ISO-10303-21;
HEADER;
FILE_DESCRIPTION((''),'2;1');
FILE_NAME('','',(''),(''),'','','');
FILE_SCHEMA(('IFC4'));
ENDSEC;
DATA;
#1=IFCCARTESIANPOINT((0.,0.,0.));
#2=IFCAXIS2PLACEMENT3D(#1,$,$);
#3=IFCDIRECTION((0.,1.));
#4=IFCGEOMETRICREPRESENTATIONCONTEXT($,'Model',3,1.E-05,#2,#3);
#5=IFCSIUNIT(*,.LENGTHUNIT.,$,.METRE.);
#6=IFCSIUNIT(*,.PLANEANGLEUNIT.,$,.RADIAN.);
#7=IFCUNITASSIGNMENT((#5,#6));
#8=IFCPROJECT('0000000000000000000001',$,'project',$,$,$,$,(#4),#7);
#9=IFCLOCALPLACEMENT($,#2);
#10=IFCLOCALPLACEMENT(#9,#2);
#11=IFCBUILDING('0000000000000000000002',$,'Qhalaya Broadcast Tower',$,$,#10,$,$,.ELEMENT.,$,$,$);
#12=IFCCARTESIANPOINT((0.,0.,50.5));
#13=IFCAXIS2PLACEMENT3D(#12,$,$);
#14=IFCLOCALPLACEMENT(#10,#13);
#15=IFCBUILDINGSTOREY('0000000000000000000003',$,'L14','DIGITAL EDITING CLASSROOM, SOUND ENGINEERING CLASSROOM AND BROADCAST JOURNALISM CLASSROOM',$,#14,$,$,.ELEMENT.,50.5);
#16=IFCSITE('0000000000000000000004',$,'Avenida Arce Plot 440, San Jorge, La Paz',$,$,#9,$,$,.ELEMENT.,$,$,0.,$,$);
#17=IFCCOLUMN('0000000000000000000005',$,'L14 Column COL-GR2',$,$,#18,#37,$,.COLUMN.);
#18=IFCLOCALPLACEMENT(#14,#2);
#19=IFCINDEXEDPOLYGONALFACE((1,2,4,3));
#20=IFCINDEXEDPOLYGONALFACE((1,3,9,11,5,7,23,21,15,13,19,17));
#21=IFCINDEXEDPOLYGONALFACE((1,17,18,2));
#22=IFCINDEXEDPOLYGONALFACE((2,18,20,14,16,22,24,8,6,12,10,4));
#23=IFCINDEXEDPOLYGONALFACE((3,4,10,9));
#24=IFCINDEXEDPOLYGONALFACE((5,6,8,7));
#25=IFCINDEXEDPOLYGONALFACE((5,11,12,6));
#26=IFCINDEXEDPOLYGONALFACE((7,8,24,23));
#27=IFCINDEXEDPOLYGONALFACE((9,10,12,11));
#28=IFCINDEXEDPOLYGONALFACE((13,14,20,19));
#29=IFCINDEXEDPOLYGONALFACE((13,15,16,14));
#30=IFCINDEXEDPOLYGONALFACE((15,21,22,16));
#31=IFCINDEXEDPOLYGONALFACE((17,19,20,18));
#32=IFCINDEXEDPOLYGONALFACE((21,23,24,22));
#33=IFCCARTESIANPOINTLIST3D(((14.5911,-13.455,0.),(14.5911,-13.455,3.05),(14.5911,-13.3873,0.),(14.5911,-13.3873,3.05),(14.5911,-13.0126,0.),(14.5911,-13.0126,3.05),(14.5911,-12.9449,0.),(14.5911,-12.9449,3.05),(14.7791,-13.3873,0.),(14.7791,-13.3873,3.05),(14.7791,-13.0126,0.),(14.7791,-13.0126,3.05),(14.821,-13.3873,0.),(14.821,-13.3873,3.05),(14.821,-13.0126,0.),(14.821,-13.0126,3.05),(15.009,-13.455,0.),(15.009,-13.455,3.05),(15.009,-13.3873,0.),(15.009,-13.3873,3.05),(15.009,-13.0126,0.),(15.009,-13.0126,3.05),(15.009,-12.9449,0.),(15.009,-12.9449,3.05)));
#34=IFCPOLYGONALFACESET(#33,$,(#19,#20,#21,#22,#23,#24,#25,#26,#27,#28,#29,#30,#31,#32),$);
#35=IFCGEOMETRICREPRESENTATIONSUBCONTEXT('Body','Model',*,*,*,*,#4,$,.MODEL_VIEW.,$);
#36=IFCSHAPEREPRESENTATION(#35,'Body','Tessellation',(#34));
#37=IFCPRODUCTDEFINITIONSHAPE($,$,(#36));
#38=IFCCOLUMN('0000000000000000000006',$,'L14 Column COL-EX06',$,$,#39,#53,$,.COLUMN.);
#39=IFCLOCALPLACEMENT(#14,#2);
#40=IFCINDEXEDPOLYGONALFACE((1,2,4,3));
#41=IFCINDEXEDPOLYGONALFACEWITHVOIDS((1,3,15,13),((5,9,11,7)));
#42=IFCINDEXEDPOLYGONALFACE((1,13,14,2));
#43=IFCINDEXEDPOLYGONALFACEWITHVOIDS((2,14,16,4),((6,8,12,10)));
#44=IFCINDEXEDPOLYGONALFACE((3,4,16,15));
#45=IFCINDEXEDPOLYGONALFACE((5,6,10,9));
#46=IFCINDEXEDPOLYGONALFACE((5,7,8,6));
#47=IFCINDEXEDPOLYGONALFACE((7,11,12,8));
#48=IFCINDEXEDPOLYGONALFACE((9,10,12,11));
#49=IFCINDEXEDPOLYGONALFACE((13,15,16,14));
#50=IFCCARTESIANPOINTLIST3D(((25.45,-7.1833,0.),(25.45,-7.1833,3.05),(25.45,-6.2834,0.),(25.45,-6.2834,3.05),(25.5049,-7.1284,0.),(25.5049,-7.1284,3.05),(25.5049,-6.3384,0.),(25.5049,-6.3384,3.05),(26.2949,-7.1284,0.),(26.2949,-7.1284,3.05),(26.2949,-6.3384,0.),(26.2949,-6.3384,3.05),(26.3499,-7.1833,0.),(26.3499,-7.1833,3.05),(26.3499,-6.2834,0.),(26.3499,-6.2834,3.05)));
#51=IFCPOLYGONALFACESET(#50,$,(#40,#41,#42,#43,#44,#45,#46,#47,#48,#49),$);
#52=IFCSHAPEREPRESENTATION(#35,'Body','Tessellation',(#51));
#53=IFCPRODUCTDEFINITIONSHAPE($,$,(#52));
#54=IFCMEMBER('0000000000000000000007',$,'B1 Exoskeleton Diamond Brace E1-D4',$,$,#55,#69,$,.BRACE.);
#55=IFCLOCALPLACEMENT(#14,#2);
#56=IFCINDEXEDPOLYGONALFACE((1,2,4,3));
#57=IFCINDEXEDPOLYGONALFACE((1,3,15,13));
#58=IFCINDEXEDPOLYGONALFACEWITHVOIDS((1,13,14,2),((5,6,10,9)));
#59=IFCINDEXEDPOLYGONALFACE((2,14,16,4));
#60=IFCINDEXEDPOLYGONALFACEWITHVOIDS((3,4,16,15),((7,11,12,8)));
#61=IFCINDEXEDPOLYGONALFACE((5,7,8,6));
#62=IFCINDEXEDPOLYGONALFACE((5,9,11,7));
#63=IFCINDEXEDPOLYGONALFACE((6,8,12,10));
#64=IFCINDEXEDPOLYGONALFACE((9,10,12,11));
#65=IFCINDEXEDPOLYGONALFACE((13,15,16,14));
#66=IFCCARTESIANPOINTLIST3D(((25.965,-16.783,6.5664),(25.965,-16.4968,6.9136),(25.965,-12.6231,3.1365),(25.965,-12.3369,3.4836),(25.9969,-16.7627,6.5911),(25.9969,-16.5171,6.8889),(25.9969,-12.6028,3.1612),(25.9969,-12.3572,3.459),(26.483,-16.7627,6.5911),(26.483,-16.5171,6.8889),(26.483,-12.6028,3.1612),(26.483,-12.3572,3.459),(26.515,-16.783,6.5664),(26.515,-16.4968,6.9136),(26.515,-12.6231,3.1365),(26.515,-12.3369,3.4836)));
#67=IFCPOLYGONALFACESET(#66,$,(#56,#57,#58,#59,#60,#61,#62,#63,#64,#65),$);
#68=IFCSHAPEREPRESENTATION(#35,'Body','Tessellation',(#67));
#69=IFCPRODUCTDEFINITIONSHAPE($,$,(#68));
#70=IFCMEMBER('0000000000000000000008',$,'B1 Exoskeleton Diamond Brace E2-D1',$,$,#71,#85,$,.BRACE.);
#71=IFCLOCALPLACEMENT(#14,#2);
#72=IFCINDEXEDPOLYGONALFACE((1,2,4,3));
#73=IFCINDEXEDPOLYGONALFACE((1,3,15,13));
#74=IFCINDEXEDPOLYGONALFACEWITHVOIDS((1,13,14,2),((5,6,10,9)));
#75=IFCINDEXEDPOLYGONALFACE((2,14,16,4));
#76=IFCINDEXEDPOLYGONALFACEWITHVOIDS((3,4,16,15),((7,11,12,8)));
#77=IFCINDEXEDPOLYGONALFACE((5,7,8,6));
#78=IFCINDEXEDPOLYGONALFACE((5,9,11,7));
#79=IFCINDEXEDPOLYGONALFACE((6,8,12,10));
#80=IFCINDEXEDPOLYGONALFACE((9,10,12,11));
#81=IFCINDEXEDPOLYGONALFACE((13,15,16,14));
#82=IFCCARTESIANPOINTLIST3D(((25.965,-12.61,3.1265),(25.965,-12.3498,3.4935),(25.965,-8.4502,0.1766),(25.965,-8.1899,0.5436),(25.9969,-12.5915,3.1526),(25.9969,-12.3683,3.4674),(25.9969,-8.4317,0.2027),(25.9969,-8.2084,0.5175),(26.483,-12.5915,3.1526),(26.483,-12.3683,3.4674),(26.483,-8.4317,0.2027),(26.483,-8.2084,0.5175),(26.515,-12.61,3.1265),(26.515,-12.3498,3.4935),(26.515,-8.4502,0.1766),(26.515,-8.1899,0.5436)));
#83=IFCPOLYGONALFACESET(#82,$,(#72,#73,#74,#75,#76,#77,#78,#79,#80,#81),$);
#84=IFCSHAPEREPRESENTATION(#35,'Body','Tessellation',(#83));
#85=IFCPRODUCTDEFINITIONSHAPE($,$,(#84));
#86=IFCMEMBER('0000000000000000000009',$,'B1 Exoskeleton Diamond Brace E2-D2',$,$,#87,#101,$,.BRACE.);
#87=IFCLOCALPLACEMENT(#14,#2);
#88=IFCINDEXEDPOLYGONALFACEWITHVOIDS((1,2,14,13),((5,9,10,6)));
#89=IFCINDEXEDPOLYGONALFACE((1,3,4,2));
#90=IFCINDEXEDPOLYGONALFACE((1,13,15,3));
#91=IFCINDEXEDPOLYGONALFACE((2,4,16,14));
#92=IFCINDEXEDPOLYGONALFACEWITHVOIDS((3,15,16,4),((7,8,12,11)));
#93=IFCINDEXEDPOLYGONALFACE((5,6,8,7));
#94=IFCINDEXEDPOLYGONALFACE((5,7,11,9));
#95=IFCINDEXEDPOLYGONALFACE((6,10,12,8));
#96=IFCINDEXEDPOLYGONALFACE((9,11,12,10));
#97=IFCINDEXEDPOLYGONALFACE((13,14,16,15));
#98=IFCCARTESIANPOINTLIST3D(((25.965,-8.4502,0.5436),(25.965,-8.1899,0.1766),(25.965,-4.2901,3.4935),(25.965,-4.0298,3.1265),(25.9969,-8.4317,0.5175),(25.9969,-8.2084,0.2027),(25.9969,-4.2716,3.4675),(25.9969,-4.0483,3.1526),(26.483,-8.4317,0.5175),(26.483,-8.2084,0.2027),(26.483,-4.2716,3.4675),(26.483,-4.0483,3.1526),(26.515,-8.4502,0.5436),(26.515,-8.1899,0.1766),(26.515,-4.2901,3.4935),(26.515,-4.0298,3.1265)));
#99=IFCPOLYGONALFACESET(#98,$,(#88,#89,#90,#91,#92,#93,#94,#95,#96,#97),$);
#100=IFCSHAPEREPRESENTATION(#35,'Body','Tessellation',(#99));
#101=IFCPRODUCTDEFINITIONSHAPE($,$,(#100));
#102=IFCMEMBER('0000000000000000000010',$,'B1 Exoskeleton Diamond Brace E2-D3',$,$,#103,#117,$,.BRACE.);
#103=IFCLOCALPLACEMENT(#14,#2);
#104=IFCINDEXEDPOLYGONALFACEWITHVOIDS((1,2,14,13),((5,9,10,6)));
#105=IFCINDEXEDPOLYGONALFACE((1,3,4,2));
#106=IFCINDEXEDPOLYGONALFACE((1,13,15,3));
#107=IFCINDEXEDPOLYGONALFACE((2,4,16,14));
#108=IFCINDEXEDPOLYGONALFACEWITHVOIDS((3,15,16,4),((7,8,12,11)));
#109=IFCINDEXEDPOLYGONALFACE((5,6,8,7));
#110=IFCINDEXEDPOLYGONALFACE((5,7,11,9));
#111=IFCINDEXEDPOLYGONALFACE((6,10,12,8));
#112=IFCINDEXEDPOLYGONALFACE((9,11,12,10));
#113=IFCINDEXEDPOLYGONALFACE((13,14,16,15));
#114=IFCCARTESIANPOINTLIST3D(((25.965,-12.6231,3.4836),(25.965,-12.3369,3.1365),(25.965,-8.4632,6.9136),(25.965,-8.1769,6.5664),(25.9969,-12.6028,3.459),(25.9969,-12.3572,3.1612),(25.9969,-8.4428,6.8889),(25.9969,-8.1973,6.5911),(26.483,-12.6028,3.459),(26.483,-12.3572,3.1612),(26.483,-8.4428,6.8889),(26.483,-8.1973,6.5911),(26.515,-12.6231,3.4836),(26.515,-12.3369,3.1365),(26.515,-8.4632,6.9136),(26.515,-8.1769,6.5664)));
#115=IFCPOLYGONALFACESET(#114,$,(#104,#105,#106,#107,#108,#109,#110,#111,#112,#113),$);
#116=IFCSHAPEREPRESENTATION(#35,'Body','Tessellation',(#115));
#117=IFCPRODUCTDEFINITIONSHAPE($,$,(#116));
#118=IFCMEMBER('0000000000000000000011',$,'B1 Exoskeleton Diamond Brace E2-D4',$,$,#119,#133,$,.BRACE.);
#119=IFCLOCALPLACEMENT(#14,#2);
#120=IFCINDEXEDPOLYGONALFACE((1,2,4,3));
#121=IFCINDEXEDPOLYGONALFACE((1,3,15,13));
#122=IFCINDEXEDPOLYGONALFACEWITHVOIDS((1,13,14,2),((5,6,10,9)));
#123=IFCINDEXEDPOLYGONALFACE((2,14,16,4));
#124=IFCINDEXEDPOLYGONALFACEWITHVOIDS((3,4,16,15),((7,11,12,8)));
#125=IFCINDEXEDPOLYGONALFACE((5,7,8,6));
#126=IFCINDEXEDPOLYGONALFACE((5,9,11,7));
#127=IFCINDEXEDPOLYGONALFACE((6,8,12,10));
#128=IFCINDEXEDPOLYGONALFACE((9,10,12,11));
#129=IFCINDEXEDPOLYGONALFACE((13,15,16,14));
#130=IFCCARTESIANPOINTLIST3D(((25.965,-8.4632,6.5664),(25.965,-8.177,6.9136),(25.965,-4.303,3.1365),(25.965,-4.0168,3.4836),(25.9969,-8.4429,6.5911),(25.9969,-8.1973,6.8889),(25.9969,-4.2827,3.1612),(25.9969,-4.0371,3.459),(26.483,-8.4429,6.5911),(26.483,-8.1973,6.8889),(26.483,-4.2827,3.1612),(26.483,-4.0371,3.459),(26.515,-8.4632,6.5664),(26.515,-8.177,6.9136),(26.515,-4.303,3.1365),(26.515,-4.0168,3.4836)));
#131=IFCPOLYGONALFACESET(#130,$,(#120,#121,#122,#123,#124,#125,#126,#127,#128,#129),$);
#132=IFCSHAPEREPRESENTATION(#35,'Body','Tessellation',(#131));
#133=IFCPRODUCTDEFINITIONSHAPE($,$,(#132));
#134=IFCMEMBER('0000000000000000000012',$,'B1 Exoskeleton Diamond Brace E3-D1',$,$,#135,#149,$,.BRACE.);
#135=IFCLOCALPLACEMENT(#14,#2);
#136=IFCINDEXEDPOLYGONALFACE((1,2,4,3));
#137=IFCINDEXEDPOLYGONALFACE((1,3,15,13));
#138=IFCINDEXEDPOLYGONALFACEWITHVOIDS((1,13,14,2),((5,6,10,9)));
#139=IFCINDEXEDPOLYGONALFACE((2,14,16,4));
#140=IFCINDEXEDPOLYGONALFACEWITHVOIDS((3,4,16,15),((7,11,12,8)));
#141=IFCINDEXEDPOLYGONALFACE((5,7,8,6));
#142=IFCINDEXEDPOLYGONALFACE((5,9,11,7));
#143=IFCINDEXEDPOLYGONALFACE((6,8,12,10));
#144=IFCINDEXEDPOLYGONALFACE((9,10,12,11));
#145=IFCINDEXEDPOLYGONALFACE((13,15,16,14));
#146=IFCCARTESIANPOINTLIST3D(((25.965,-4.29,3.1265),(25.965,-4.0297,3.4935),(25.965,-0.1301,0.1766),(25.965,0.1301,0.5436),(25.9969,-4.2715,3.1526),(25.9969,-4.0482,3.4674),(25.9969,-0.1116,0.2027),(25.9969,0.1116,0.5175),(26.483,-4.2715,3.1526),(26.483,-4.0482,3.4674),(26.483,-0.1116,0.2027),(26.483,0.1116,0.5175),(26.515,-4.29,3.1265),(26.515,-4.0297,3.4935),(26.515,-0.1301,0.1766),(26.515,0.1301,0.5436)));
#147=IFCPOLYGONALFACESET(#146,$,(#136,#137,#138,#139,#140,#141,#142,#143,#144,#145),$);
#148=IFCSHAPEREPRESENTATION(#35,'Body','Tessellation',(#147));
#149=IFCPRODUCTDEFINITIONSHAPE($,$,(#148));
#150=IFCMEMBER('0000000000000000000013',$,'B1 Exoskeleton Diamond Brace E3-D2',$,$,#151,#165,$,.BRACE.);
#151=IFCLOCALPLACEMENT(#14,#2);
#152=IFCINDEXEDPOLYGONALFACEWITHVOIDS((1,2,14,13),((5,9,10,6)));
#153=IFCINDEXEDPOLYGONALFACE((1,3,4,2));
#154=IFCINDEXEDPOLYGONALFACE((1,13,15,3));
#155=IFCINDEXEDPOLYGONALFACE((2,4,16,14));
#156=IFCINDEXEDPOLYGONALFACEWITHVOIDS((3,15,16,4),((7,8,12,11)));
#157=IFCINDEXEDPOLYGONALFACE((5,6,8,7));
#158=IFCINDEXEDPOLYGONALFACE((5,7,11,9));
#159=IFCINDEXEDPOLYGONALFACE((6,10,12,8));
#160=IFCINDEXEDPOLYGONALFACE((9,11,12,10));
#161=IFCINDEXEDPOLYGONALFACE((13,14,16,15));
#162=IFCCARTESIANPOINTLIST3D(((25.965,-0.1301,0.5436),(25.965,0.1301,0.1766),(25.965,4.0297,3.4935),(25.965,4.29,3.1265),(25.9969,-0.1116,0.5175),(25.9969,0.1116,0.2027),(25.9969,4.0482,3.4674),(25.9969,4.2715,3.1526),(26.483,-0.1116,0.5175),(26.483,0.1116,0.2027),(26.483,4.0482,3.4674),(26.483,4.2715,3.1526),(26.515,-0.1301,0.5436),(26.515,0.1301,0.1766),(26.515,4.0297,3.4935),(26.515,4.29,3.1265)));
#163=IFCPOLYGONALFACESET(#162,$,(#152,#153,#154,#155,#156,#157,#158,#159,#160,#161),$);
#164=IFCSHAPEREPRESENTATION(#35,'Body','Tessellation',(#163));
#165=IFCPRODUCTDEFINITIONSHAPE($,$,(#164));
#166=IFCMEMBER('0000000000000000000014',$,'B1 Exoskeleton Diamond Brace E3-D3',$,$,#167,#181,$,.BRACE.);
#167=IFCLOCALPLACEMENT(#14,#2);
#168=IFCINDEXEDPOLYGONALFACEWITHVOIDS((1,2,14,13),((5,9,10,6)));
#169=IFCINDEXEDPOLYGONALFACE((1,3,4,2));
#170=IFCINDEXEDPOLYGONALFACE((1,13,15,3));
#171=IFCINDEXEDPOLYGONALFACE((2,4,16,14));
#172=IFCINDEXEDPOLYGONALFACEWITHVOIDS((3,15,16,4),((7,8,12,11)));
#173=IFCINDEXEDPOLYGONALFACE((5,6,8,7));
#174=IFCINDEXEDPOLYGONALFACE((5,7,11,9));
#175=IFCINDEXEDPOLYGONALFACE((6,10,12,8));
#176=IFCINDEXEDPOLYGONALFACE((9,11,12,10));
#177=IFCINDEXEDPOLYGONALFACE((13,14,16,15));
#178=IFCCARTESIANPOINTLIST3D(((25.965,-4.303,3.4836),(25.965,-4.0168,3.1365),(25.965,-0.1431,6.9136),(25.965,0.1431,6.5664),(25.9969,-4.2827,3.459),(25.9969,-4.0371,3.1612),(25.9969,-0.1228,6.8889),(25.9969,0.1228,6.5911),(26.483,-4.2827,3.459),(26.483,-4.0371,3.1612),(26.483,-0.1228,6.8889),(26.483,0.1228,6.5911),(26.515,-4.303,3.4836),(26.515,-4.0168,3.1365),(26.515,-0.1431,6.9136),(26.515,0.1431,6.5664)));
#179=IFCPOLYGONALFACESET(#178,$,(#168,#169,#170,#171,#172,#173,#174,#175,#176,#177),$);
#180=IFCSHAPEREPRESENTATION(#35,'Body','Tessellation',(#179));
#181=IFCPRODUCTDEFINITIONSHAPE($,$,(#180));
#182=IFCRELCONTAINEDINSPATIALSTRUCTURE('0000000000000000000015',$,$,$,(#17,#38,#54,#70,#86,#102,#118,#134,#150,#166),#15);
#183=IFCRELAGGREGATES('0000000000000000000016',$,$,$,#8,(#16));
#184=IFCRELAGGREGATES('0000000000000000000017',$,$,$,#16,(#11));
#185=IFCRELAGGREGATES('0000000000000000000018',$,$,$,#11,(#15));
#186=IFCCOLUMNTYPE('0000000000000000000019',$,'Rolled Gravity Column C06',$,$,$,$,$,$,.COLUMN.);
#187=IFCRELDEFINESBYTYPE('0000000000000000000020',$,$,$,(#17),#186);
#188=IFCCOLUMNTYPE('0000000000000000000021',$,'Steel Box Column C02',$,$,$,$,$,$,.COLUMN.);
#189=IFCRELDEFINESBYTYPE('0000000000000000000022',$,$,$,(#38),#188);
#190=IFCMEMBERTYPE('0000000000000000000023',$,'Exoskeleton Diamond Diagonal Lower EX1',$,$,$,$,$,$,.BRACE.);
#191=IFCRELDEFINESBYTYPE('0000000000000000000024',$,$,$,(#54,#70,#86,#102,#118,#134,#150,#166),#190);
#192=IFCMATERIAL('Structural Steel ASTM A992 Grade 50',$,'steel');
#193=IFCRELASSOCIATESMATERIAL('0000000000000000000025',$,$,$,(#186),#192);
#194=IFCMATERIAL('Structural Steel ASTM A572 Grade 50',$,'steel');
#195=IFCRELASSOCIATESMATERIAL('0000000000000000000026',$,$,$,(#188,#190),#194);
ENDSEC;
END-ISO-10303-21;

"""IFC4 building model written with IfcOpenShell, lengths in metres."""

from ifc_helpers import new_model, si_unit, direction, frame, origin, origin_2d, place, context, subcontext, project, spatial, hollow_rectangle, i_section, extrude, material, material_profile, profile_set, type_object, element, save


model = new_model("IFC4")

# Units and contexts
model_context = context("Model", 3, precision=1e-05, world=origin(), true_north=direction((0.0, 1.0)))
body_context = subcontext(model_context, "Body", "Model", "MODEL_VIEW")
ifc_project = project(units=[si_unit("LENGTHUNIT", "METRE"), si_unit("PLANEANGLEUNIT", "RADIAN")], contexts=[model_context])

# Site, building, storey
site_placement = place(None, origin())
site = spatial("IfcSite", under=ifc_project, at=site_placement, Name="Avenida Arce Plot 440, San Jorge, La Paz", CompositionType="ELEMENT", RefElevation=0.0)
building_placement = place(site_placement, origin())
building = spatial("IfcBuilding", under=site, at=building_placement, Name="Qhalaya Broadcast Tower", CompositionType="ELEMENT")
storey_placement = place(building_placement, frame((0.0, 0.0, 50.5)))
storey = spatial("IfcBuildingStorey", under=building, at=storey_placement, Name="L14", Description="DIGITAL EDITING CLASSROOM, SOUND ENGINEERING CLASSROOM AND BROADCAST JOURNALISM CLASSROOM", CompositionType="ELEMENT", Elevation=50.5)

# Columns
ifc_material_1 = material(Name="Structural Steel ASTM A992 Grade 50", Category="steel")
ifc_material_profile_1 = material_profile(ifc_material_1, i_section(OverallWidth=0.418, OverallDepth=0.51, WebThickness=0.042, FlangeThickness=0.0676, at=origin_2d()), Name="W14X370")
ifc_profile_set_1 = profile_set([ifc_material_profile_1], Name="Structural Steel ASTM A992 Grade 50")
column_type_1 = type_object("IfcColumnType", Name="Rolled Gravity Column C06", PredefinedType="COLUMN", material=ifc_profile_set_1)
column_1_placement = place(storey_placement, frame((14.8, -13.2, 0.0), z_axis=(0.0, 0.0, 1.0), x_axis=(1.0, 0.0, 0.0)))
element("IfcColumn", 1, at=column_1_placement, inside=storey, type_object=column_type_1, Name="L14 Column COL-GR2", PredefinedType="COLUMN", context=body_context, shape_type="SweptSolid", body=[
    extrude(i_section(OverallWidth=0.418, OverallDepth=0.51, WebThickness=0.042, FlangeThickness=0.0676, at=origin_2d()), origin(), (0.0, 0.0, 1.0), 3.05),
])
ifc_material_2 = material(Name="Structural Steel ASTM A572 Grade 50", Category="steel")
ifc_material_profile_2 = material_profile(ifc_material_2, hollow_rectangle(XDim=0.8999, YDim=0.8999, WallThickness=0.0549, at=origin_2d()), Name="BOX 900x900x55")
ifc_profile_set_2 = profile_set([ifc_material_profile_2], Name="Structural Steel ASTM A572 Grade 50")
column_type_2 = type_object("IfcColumnType", Name="Steel Box Column C02", PredefinedType="COLUMN", material=ifc_profile_set_2)
column_2_placement = place(storey_placement, frame((25.8999, -6.7334, 0.0), z_axis=(0.0, 0.0, 1.0), x_axis=(0.0, 1.0, 0.0)))
element("IfcColumn", 2, at=column_2_placement, inside=storey, type_object=column_type_2, Name="L14 Column COL-EX06", PredefinedType="COLUMN", context=body_context, shape_type="SweptSolid", body=[
    extrude(hollow_rectangle(XDim=0.8999, YDim=0.8999, WallThickness=0.0549, at=origin_2d()), origin(), (0.0, 0.0, 1.0), 3.05),
])

# Members
ifc_material_profile_3 = material_profile(ifc_material_2, hollow_rectangle(XDim=0.45, YDim=0.55, WallThickness=0.032, at=origin_2d()), Name="BOX 450x550x32")
ifc_profile_set_3 = profile_set([ifc_material_profile_3], Name="Structural Steel ASTM A572 Grade 50")
member_type = type_object("IfcMemberType", Name="Exoskeleton Diamond Diagonal Lower EX1", PredefinedType="BRACE", material=ifc_profile_set_3)
member_1_placement = place(storey_placement, frame((26.24, -12.48, 3.3101), z_axis=(0.0, -0.771555, 0.636163), x_axis=(0.0, 0.636163, 0.771555)))
element("IfcMember", 3, at=member_1_placement, inside=storey, type_object=member_type, Name="B1 Exoskeleton Diamond Brace E1-D4", PredefinedType="BRACE", context=body_context, shape_type="SweptSolid", body=[
    extrude(hollow_rectangle(XDim=0.45, YDim=0.55, WallThickness=0.032, at=origin_2d()), origin(), (0.0, 0.0, 1.0), 5.3916),
])
member_2_placement = place(storey_placement, frame((26.24, -8.3201, 0.3601), z_axis=(0.0, -0.815715, 0.578454), x_axis=(0.0, 0.578454, 0.815715)))
element("IfcMember", 4, at=member_2_placement, inside=storey, type_object=member_type, Name="B1 Exoskeleton Diamond Brace E2-D1", PredefinedType="BRACE", context=body_context, shape_type="SweptSolid", body=[
    extrude(hollow_rectangle(XDim=0.45, YDim=0.55, WallThickness=0.032, at=origin_2d()), origin(), (0.0, 0.0, 1.0), 5.0996),
])
member_3_placement = place(storey_placement, frame((26.24, -8.3201, 0.3601), z_axis=(0.0, 0.815731, 0.578432), x_axis=(0.0, -0.578432, 0.815731)))
element("IfcMember", 5, at=member_3_placement, inside=storey, type_object=member_type, Name="B1 Exoskeleton Diamond Brace E2-D2", PredefinedType="BRACE", context=body_context, shape_type="SweptSolid", body=[
    extrude(hollow_rectangle(XDim=0.45, YDim=0.55, WallThickness=0.032, at=origin_2d()), origin(), (0.0, 0.0, 1.0), 5.0999),
])
member_4_placement = place(storey_placement, frame((26.24, -12.48, 3.3101), z_axis=(0.0, 0.771555, 0.636163), x_axis=(0.0, -0.636163, 0.771555)))
element("IfcMember", 6, at=member_4_placement, inside=storey, type_object=member_type, Name="B1 Exoskeleton Diamond Brace E2-D3", PredefinedType="BRACE", context=body_context, shape_type="SweptSolid", body=[
    extrude(hollow_rectangle(XDim=0.45, YDim=0.55, WallThickness=0.032, at=origin_2d()), origin(), (0.0, 0.0, 1.0), 5.3916),
])
member_5_placement = place(storey_placement, frame((26.24, -4.1599, 3.3101), z_axis=(0.0, -0.771573, 0.63614), x_axis=(0.0, 0.63614, 0.771573)))
element("IfcMember", 7, at=member_5_placement, inside=storey, type_object=member_type, Name="B1 Exoskeleton Diamond Brace E2-D4", PredefinedType="BRACE", context=body_context, shape_type="SweptSolid", body=[
    extrude(hollow_rectangle(XDim=0.45, YDim=0.55, WallThickness=0.032, at=origin_2d()), origin(), (0.0, 0.0, 1.0), 5.3918),
])
for number, where, z_axis, x_axis, name in (
    (8, (26.24, 0.0, 0.3601), (0.0, -0.815715, 0.578454), (0.0, 0.578454, 0.815715), "B1 Exoskeleton Diamond Brace E3-D1"),
    (9, (26.24, 0.0, 0.3601), (0.0, 0.815715, 0.578454), (0.0, -0.578454, 0.815715), "B1 Exoskeleton Diamond Brace E3-D2"),
):
    element("IfcMember", number, at=place(storey_placement, frame(where, z_axis=z_axis, x_axis=x_axis)), inside=storey, type_object=member_type, Name=name, PredefinedType="BRACE", context=body_context, shape_type="SweptSolid", body=[
        extrude(hollow_rectangle(XDim=0.45, YDim=0.55, WallThickness=0.032, at=origin_2d()), origin(), (0.0, 0.0, 1.0), 5.0996),
    ])
member_6_placement = place(storey_placement, frame((26.24, -4.1599, 3.3101), z_axis=(0.0, 0.771555, 0.636163), x_axis=(0.0, -0.636163, 0.771555)))
element("IfcMember", 10, at=member_6_placement, inside=storey, type_object=member_type, Name="B1 Exoskeleton Diamond Brace E3-D3", PredefinedType="BRACE", context=body_context, shape_type="SweptSolid", body=[
    extrude(hollow_rectangle(XDim=0.45, YDim=0.55, WallThickness=0.032, at=origin_2d()), origin(), (0.0, 0.0, 1.0), 5.3916),
])

save(model, "model.ifc")
